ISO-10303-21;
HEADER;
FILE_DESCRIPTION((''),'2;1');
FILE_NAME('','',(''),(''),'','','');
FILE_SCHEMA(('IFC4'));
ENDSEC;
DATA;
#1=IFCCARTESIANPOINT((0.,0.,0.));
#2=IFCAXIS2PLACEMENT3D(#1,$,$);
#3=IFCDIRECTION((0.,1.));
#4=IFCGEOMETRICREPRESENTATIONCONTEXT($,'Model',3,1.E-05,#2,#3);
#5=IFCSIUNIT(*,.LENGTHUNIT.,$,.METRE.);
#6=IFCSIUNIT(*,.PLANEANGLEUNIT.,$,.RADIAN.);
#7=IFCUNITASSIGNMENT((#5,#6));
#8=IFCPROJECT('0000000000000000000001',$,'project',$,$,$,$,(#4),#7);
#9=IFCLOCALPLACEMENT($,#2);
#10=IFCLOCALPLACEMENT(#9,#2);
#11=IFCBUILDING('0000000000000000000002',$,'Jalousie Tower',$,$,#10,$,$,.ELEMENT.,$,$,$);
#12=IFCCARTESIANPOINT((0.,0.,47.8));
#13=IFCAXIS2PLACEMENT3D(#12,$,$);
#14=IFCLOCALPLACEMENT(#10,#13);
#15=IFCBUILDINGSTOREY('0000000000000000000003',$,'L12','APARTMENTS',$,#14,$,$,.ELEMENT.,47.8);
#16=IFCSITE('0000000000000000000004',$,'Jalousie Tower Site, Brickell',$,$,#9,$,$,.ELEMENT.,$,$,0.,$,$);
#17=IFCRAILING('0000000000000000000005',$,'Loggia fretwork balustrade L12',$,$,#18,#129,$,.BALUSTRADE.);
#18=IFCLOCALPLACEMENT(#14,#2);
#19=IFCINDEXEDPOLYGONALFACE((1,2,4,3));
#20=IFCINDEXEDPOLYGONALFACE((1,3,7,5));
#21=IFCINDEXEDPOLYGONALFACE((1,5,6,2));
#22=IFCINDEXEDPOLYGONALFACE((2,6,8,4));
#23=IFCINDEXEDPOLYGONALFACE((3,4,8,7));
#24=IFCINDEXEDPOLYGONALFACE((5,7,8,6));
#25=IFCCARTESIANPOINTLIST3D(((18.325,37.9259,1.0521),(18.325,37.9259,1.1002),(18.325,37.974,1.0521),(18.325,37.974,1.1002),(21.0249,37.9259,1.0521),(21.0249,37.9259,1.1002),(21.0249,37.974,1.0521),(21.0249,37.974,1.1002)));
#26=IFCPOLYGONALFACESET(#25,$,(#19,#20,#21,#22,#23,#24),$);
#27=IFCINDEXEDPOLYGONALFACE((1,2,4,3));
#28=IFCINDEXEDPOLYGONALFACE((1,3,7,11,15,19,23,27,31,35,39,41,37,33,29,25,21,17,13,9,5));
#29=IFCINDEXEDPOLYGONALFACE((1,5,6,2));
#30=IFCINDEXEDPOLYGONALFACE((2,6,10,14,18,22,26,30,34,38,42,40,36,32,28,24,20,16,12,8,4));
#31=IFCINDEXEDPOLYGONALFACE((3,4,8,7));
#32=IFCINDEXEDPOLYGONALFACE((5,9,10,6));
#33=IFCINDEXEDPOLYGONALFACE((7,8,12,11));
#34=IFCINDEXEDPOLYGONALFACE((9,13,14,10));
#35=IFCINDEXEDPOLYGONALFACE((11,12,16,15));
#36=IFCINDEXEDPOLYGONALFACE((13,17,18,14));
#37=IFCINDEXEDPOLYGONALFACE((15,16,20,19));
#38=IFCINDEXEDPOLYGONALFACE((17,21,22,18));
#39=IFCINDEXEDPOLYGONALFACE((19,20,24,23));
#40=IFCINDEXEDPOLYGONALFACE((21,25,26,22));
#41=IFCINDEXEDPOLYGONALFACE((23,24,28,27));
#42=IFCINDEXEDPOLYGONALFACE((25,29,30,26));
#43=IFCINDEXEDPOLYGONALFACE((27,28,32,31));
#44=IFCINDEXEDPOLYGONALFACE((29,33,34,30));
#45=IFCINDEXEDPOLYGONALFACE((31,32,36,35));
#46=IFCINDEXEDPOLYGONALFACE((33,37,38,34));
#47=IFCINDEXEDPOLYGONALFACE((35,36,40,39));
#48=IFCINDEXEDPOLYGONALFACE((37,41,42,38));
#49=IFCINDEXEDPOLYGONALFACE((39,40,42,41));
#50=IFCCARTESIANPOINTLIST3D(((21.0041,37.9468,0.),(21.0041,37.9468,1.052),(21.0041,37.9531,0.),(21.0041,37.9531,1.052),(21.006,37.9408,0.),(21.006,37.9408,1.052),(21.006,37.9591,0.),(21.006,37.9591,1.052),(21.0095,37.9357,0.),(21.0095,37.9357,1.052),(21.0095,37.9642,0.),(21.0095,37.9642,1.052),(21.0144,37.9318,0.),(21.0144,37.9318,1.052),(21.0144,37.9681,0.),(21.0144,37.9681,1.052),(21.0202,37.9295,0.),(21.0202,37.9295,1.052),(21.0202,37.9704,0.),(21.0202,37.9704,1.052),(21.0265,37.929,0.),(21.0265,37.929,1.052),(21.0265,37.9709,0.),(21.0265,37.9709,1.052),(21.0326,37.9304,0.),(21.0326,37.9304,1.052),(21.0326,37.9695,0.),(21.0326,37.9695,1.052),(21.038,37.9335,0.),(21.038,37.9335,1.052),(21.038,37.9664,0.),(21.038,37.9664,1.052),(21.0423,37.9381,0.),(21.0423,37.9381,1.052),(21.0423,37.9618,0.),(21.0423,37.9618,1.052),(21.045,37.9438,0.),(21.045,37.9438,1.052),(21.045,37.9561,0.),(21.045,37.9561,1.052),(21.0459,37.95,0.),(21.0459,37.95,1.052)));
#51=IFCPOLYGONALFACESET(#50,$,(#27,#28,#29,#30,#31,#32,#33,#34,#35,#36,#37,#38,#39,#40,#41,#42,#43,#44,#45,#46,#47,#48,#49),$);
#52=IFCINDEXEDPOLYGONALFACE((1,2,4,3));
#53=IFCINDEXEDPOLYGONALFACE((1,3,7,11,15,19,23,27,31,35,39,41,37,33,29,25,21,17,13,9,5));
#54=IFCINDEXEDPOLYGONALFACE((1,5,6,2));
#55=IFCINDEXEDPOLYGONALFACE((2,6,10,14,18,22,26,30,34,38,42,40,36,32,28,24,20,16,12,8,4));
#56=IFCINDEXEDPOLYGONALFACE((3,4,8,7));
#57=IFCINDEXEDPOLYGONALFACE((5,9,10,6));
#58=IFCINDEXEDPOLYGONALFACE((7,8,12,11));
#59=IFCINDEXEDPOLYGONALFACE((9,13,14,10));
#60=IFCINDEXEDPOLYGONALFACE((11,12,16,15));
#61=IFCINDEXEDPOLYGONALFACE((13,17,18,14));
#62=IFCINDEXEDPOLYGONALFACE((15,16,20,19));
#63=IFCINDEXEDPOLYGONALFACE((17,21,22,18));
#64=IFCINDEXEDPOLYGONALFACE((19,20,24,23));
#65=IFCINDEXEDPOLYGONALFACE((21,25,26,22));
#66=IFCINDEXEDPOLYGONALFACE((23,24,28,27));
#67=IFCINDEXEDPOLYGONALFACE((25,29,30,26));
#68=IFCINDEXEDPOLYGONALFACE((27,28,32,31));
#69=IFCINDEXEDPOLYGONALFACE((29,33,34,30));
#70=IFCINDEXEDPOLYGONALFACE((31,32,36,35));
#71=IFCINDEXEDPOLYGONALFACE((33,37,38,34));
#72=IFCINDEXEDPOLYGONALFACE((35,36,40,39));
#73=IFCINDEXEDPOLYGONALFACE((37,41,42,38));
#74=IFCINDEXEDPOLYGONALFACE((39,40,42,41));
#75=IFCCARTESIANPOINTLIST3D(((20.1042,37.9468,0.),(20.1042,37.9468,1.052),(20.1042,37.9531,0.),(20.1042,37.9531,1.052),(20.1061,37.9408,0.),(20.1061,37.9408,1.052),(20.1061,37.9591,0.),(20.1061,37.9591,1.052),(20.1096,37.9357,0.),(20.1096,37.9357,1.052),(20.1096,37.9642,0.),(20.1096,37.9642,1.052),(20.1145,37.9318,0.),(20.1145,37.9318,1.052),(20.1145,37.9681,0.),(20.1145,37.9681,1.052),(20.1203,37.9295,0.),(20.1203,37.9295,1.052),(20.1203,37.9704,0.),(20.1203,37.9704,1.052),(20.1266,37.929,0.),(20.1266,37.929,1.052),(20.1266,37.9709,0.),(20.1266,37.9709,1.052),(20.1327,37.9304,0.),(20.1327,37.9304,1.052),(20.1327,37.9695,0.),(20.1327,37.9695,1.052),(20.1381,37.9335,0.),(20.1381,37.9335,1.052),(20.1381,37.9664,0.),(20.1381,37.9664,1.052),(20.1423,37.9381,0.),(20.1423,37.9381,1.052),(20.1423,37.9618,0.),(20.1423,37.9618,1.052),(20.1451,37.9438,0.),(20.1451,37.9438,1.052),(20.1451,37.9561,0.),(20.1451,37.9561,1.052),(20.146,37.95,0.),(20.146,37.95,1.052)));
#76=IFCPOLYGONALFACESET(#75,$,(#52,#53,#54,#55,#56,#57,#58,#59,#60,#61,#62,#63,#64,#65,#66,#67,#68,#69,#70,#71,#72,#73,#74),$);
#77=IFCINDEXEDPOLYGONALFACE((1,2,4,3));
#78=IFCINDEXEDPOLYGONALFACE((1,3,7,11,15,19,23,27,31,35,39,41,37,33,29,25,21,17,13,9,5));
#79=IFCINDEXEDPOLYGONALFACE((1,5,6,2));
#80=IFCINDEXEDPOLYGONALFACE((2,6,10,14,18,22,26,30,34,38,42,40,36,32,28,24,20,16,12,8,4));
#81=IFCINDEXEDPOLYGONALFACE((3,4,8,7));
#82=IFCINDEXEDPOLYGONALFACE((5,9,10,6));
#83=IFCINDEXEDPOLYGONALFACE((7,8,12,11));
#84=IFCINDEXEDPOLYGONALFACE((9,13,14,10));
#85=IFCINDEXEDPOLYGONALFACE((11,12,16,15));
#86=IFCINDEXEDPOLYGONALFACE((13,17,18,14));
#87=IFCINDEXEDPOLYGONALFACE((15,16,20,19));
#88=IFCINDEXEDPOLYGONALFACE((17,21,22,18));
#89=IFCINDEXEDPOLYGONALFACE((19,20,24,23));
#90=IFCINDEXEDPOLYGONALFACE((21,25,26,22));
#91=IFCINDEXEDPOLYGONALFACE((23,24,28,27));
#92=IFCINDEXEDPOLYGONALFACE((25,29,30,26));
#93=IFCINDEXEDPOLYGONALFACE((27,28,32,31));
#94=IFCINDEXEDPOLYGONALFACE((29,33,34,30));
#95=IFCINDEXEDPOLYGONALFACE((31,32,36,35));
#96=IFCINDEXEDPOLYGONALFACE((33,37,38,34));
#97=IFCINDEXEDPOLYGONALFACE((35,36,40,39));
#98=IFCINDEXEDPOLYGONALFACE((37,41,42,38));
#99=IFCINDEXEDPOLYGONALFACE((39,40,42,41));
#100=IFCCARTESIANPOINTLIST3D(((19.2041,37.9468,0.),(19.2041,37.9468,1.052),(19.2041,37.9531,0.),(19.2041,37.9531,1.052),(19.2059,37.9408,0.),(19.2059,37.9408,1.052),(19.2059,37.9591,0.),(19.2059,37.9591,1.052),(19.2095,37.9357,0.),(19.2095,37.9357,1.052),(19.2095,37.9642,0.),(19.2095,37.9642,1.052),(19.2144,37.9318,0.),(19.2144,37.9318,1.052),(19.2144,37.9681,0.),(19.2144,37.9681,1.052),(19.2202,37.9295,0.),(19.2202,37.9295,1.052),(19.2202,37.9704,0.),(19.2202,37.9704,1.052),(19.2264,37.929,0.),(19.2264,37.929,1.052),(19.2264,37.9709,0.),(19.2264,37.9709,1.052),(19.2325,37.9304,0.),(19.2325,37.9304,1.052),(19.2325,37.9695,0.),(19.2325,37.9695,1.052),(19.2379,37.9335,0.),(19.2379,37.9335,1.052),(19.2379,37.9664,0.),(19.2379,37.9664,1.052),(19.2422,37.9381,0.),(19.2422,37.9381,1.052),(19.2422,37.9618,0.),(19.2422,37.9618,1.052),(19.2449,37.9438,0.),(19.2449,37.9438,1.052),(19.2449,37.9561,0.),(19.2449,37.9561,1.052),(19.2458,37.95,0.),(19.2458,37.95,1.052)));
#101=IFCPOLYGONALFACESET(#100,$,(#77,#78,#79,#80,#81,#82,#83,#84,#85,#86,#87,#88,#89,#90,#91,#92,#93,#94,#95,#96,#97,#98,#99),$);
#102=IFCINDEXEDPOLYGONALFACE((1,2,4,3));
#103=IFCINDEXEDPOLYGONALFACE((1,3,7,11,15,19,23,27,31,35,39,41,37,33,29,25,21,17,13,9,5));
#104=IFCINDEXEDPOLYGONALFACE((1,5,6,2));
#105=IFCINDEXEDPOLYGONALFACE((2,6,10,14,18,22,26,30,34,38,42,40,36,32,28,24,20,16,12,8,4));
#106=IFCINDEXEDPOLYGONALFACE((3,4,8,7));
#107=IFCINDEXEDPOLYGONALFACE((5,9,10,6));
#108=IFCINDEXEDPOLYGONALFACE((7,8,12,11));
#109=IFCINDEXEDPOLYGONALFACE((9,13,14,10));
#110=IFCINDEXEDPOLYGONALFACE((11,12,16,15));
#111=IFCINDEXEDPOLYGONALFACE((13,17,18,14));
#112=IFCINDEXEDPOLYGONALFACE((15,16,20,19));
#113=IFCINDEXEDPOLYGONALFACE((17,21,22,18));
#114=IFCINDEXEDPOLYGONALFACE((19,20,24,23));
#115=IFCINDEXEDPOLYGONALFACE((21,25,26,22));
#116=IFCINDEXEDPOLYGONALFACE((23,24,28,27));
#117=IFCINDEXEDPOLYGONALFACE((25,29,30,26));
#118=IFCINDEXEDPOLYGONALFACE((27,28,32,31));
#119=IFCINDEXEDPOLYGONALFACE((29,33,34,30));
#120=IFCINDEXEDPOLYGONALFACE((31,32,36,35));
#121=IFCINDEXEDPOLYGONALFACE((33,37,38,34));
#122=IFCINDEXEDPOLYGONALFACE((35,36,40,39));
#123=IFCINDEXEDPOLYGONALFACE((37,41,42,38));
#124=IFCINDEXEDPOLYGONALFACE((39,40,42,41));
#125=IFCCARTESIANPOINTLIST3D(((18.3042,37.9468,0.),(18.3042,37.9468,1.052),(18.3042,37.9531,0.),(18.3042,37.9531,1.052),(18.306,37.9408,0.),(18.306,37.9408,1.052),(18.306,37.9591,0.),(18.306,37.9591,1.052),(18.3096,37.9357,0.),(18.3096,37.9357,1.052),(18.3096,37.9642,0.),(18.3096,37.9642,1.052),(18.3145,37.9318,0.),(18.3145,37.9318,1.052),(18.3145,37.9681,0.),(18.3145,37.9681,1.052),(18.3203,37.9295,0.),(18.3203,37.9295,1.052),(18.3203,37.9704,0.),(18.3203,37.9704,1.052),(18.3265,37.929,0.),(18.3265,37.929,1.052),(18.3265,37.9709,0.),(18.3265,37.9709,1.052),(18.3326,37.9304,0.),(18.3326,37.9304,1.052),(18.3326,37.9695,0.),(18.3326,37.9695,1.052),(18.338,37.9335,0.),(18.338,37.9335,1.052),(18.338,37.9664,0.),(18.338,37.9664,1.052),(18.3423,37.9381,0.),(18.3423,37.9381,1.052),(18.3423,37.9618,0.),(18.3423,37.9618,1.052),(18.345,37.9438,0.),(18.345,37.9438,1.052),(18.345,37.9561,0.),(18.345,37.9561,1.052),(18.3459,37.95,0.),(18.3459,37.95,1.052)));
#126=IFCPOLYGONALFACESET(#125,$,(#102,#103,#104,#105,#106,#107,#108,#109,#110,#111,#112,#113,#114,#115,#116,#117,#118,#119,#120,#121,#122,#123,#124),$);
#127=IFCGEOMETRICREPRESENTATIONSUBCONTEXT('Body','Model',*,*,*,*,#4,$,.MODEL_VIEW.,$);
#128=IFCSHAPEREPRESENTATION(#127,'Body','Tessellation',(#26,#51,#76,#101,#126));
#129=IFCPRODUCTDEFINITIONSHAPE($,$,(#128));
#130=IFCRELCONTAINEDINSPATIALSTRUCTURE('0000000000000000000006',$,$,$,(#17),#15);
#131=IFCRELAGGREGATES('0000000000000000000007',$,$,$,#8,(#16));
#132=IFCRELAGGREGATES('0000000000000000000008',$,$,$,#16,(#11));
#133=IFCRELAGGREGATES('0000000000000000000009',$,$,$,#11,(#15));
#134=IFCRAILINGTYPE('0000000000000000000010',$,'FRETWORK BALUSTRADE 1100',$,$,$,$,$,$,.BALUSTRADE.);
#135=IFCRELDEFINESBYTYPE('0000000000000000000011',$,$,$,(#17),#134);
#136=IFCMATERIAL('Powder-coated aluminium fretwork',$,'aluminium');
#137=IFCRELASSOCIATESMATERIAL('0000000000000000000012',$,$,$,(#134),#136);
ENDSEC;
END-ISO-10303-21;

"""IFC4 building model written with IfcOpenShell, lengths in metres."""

from ifc_helpers import new_model, si_unit, direction, frame, origin, origin_2d, place, context, subcontext, project, spatial, rectangle, circle, extrude, material, type_object, element, save


model = new_model("IFC4")

# Units and contexts
model_context = context("Model", 3, precision=1e-05, world=origin(), true_north=direction((0.0, 1.0)))
body_context = subcontext(model_context, "Body", "Model", "MODEL_VIEW")
ifc_project = project(units=[si_unit("LENGTHUNIT", "METRE"), si_unit("PLANEANGLEUNIT", "RADIAN")], contexts=[model_context])

# Site, building, storey
site_placement = place(None, origin())
site = spatial("IfcSite", under=ifc_project, at=site_placement, Name="Jalousie Tower Site, Brickell", CompositionType="ELEMENT", RefElevation=0.0)
building_placement = place(site_placement, origin())
building = spatial("IfcBuilding", under=site, at=building_placement, Name="Jalousie Tower", CompositionType="ELEMENT")
storey_placement = place(building_placement, frame((0.0, 0.0, 47.8)))
storey = spatial("IfcBuildingStorey", under=building, at=storey_placement, Name="L12", Description="APARTMENTS", CompositionType="ELEMENT", Elevation=47.8)

# Railing
ifc_material_1 = material(Name="Powder-coated aluminium fretwork", Category="aluminium")
railing_type = type_object("IfcRailingType", Name="FRETWORK BALUSTRADE 1100", PredefinedType="BALUSTRADE", material=ifc_material_1)
railing_placement = place(storey_placement, frame((21.0249, 37.95, 0.0)))
element("IfcRailing", 1, at=railing_placement, inside=storey, type_object=railing_type, Name="Loggia fretwork balustrade L12", PredefinedType="BALUSTRADE", context=body_context, shape_type="SweptSolid", body=[
    extrude(rectangle(XDim=0.0481, YDim=0.0481, at=origin_2d()), frame((0.0, 0.0, 1.0762), z_axis=(-1.0, 0.0, 0.0), x_axis=(0.0, -1.0, 0.0)), (0.0, 0.0, 1.0), 2.7),
    extrude(circle(Radius=0.021, at=origin_2d()), origin(), (0.0, 0.0, 1.0), 1.052),
    extrude(circle(Radius=0.021, at=origin_2d()), frame((-0.8999, 0.0, 0.0)), (0.0, 0.0, 1.0), 1.052),
    extrude(circle(Radius=0.021, at=origin_2d()), frame((-1.8, 0.0, 0.0)), (0.0, 0.0, 1.0), 1.052),
    extrude(circle(Radius=0.021, at=origin_2d()), frame((-2.7, 0.0, 0.0)), (0.0, 0.0, 1.0), 1.052),
])

save(model, "model.ifc")
